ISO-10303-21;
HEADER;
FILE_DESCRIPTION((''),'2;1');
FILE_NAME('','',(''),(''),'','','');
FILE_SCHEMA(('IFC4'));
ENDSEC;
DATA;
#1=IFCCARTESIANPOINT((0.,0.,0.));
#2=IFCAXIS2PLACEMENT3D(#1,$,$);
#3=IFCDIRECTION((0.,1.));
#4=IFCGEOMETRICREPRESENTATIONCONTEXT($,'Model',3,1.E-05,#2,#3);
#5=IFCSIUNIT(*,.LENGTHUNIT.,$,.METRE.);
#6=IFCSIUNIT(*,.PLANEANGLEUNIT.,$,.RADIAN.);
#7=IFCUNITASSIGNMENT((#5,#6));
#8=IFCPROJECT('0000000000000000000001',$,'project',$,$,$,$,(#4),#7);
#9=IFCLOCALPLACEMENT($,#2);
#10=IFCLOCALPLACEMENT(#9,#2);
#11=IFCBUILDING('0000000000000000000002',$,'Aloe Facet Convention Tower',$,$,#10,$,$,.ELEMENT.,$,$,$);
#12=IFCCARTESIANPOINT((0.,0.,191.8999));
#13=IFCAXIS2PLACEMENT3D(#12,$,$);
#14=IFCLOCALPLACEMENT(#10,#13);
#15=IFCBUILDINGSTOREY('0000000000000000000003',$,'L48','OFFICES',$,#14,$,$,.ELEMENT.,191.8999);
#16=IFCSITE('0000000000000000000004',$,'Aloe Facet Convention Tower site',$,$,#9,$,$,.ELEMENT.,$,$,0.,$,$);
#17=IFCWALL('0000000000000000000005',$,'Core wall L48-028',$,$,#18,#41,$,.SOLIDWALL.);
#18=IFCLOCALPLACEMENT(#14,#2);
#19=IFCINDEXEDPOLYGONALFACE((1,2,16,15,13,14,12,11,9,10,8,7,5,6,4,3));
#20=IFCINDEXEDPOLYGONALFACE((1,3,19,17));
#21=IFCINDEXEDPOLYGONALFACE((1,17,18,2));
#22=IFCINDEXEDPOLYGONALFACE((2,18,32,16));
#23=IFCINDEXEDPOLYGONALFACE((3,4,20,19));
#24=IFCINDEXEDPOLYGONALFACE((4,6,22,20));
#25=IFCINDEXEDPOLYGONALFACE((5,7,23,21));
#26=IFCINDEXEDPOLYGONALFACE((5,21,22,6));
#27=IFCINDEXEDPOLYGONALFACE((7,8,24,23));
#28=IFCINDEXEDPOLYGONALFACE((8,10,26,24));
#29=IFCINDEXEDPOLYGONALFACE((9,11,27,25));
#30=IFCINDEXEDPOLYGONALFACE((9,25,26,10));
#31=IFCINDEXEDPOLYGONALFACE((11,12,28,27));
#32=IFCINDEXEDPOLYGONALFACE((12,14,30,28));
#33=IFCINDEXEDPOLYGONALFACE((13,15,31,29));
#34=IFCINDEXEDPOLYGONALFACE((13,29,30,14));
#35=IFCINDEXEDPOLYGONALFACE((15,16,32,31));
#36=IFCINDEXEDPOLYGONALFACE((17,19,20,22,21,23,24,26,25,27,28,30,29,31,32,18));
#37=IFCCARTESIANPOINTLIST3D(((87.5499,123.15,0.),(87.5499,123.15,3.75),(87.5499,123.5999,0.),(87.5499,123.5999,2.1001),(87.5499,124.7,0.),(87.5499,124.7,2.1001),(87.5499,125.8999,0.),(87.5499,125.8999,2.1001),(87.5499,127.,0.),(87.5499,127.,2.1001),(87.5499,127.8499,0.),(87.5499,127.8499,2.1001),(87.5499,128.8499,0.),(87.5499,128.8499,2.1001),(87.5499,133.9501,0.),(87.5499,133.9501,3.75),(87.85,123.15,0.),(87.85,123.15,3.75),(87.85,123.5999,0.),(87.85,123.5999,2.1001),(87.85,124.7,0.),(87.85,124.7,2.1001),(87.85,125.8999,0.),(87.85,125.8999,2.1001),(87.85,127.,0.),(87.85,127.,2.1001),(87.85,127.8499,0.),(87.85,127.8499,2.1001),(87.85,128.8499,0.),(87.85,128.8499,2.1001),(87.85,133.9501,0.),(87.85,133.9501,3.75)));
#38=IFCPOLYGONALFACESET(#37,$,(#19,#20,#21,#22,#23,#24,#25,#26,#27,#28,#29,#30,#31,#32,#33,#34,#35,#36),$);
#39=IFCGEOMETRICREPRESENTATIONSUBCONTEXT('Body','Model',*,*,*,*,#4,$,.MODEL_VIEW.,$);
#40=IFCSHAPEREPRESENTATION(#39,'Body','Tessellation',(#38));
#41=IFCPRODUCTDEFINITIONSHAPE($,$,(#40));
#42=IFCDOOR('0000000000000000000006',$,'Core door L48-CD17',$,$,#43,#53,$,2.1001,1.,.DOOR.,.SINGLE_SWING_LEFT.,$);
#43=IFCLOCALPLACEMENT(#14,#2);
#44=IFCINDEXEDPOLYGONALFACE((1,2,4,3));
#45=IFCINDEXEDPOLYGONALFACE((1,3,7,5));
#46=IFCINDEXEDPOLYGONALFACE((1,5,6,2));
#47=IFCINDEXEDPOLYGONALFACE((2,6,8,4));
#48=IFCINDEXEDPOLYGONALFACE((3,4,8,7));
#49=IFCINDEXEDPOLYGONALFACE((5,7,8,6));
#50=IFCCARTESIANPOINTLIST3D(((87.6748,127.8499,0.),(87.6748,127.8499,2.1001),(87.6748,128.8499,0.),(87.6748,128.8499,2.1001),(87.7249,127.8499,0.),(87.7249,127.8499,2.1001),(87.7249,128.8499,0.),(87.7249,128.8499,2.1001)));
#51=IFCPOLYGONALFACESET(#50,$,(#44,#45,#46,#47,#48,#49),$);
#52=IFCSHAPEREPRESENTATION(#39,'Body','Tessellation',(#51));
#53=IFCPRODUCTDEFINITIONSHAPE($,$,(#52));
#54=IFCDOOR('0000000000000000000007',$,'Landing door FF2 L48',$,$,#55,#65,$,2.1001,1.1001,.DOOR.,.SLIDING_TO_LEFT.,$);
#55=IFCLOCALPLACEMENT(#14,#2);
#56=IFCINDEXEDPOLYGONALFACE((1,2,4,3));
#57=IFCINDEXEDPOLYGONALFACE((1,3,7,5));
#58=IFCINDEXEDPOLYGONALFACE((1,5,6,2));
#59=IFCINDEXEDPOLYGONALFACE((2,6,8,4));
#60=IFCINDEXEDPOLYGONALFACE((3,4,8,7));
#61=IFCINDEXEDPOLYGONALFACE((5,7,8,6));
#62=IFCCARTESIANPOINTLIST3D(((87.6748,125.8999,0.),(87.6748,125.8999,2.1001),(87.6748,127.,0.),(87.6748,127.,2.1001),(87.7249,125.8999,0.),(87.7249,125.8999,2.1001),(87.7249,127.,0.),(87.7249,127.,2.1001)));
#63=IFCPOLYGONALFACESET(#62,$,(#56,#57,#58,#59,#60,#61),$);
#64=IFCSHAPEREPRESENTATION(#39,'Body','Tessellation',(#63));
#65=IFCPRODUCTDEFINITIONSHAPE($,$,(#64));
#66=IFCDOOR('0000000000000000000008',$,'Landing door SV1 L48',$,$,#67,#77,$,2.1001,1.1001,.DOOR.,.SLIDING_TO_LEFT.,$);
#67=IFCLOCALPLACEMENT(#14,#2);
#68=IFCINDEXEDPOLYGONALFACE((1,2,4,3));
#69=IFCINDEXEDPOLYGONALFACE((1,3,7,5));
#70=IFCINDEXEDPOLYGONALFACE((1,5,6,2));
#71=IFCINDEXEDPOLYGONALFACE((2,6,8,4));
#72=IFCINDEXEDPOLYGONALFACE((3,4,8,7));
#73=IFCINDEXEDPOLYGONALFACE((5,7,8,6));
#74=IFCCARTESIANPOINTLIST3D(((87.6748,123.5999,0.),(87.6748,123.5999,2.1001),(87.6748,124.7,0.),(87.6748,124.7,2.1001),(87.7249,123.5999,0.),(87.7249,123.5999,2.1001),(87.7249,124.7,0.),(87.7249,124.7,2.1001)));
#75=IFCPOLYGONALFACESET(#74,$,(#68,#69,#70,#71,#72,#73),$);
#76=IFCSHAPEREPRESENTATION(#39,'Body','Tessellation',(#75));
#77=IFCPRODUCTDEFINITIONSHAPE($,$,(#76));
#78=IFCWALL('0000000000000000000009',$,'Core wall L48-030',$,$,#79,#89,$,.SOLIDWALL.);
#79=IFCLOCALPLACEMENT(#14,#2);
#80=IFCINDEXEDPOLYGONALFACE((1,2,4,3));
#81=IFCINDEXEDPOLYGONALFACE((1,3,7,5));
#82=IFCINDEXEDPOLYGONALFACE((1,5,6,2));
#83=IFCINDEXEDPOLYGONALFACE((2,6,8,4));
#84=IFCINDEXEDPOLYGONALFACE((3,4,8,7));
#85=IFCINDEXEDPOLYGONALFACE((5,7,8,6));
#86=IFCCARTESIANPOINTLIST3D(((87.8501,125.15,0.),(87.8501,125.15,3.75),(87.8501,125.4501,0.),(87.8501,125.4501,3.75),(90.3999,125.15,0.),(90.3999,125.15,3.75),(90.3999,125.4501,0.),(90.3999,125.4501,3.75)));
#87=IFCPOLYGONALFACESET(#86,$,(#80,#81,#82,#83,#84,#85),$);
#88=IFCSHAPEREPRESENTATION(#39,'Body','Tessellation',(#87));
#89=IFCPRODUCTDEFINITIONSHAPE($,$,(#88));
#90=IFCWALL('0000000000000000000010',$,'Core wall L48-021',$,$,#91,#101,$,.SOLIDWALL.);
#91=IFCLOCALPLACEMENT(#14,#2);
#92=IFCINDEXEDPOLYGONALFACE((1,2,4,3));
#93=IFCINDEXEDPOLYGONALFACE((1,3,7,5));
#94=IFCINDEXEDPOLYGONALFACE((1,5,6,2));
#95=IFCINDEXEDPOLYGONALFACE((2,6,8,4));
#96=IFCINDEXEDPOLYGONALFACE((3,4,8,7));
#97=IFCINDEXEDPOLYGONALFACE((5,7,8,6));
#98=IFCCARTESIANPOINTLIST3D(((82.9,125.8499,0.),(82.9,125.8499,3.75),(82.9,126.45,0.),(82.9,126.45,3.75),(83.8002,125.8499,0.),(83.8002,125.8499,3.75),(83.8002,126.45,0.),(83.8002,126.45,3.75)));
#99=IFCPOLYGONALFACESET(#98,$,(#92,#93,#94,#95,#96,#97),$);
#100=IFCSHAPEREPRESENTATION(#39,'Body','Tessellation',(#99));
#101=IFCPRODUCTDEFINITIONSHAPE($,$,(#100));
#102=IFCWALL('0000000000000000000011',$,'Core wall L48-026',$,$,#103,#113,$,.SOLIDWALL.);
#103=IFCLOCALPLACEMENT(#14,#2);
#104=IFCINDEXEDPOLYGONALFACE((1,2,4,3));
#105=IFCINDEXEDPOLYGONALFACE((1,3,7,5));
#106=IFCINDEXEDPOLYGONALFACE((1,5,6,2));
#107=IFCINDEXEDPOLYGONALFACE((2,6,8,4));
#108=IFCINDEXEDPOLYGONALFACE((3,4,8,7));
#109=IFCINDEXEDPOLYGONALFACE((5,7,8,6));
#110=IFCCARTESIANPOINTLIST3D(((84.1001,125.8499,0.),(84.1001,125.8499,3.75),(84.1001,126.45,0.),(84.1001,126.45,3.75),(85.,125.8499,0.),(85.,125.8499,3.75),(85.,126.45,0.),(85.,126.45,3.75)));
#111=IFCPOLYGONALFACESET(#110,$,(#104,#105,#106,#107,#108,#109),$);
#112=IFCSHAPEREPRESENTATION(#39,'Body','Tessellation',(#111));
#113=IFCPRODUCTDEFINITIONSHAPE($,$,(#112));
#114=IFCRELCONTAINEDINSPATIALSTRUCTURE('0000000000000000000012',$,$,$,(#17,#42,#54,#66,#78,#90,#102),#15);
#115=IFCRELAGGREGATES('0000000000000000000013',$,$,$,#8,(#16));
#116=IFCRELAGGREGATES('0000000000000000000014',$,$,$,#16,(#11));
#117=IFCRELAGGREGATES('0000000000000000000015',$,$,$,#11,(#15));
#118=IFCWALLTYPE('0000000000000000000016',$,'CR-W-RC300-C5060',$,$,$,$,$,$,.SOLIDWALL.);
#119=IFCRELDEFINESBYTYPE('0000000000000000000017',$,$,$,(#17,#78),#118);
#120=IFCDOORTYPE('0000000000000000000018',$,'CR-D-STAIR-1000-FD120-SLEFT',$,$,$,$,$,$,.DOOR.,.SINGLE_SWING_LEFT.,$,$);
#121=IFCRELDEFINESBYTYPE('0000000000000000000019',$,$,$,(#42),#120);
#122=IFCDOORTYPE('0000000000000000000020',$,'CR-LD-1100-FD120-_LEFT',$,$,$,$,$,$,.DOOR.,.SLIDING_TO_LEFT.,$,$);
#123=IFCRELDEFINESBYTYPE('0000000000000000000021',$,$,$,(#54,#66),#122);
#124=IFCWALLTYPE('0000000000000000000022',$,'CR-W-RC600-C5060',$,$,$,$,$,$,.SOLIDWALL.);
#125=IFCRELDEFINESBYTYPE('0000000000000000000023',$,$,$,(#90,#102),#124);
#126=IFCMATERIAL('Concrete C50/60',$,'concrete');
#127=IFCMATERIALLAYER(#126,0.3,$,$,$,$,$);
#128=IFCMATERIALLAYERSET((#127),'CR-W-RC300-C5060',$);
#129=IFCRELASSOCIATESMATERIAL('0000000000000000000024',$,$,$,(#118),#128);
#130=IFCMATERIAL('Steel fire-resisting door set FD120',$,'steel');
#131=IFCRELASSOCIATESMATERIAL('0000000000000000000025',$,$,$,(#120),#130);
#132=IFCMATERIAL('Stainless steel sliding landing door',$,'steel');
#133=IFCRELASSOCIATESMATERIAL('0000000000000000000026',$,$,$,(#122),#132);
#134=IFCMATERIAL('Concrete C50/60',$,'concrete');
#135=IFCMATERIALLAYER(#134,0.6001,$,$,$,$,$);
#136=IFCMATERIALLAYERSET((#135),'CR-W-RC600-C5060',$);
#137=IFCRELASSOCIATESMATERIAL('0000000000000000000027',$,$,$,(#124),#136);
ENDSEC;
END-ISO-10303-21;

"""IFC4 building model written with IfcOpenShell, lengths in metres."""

from ifc_helpers import new_model, si_unit, direction, frame, frame_2d, origin, place, context, subcontext, project, spatial, rectangle, extrude, material, layer, layer_set, type_object, element, fill, save


model = new_model("IFC4")

# Units and contexts
model_context = context("Model", 3, precision=1e-05, world=origin(), true_north=direction((0.0, 1.0)))
body_context = subcontext(model_context, "Body", "Model", "MODEL_VIEW")
ifc_project = project(units=[si_unit("LENGTHUNIT", "METRE"), si_unit("PLANEANGLEUNIT", "RADIAN")], contexts=[model_context])

# Site, building, storey
site_placement = place(None, origin())
site = spatial("IfcSite", under=ifc_project, at=site_placement, Name="Aloe Facet Convention Tower site", CompositionType="ELEMENT", RefElevation=0.0)
building_placement = place(site_placement, origin())
building = spatial("IfcBuilding", under=site, at=building_placement, Name="Aloe Facet Convention Tower", CompositionType="ELEMENT")
storey_placement = place(building_placement, frame((0.0, 0.0, 191.8999)))
storey = spatial("IfcBuildingStorey", under=building, at=storey_placement, Name="L48", Description="OFFICES", CompositionType="ELEMENT", Elevation=191.8999)

# Shared definitions
ifc_material_1 = material(Name="Concrete C50/60", Category="concrete")
ifc_layer_1 = layer(ifc_material_1, 0.3)
ifc_layer_set_1 = layer_set([ifc_layer_1], Name="CR-W-RC300-C5060")
wall_type_1 = type_object("IfcWallType", Name="CR-W-RC300-C5060", PredefinedType="SOLIDWALL", material=ifc_layer_set_1)

# Wall, openings, doors
wall_1_placement = place(storey_placement, frame((87.7, 133.95, 0.0), z_axis=(0.0, 0.0, 1.0), x_axis=(0.0, -1.0, 0.0)))
wall_1 = element("IfcWall", 1, at=wall_1_placement, inside=storey, type_object=wall_type_1, Name="Core wall L48-028", PredefinedType="SOLIDWALL", context=body_context, shape_type="SweptSolid", body=[
    extrude(rectangle(XDim=10.8, YDim=0.3, at=frame_2d((5.3999, 0.0))), origin(), (0.0, 0.0, 1.0), 3.75),
])
opening_1_placement = place(wall_1_placement, frame((6.95, 0.0, 0.0)))
opening_1 = element("IfcOpeningElement", 2, at=opening_1_placement, cuts=wall_1, PredefinedType="OPENING", context=body_context, shape_type="SweptSolid", body=[
    extrude(rectangle(XDim=1.1001, YDim=2.1001, at=frame_2d((0.55, 1.05))), frame((0.0, 0.1602, 0.0), z_axis=(0.0, -1.0, 0.0), x_axis=(1.0, 0.0, 0.0)), (0.0, 0.0, 1.0), 0.3201),
])
opening_2_placement = place(wall_1_placement, frame((5.1001, 0.0, 0.0)))
opening_2 = element("IfcOpeningElement", 3, at=opening_2_placement, cuts=wall_1, PredefinedType="OPENING", context=body_context, shape_type="SweptSolid", body=[
    extrude(rectangle(XDim=1.0, YDim=2.1001, at=frame_2d((0.5, 1.05))), frame((0.0, 0.1602, 0.0), z_axis=(0.0, -1.0, 0.0), x_axis=(1.0, 0.0, 0.0)), (0.0, 0.0, 1.0), 0.3201),
])
opening_3_placement = place(wall_1_placement, frame((9.25, 0.0, 0.0)))
opening_3 = element("IfcOpeningElement", 4, at=opening_3_placement, cuts=wall_1, PredefinedType="OPENING", context=body_context, shape_type="SweptSolid", body=[
    extrude(rectangle(XDim=1.1001, YDim=2.1001, at=frame_2d((0.55, 1.05))), frame((0.0, 0.1602, 0.0), z_axis=(0.0, -1.0, 0.0), x_axis=(1.0, 0.0, 0.0)), (0.0, 0.0, 1.0), 0.3201),
])
ifc_material_2 = material(Name="Steel fire-resisting door set FD120", Category="steel")
door_type_1 = type_object("IfcDoorType", Name="CR-D-STAIR-1000-FD120-SLEFT", OperationType="SINGLE_SWING_LEFT", PredefinedType="DOOR", material=ifc_material_2)
door_1_placement = place(opening_2_placement, origin())
door_1 = element("IfcDoor", 5, at=door_1_placement, inside=storey, type_object=door_type_1, Name="Core door L48-CD17", OperationType="SINGLE_SWING_LEFT", OverallHeight=2.1001, OverallWidth=1.0, PredefinedType="DOOR", context=body_context, shape_type="SweptSolid", body=[
    extrude(rectangle(XDim=1.0, YDim=2.1001, at=frame_2d((0.5, 1.05))), frame((0.0, 0.0249, 0.0), z_axis=(0.0, -1.0, 0.0), x_axis=(1.0, 0.0, 0.0)), (0.0, 0.0, 1.0), 0.05),
])
fill(opening_2, door_1)
ifc_material_3 = material(Name="Stainless steel sliding landing door", Category="steel")
door_type_2 = type_object("IfcDoorType", Name="CR-LD-1100-FD120-_LEFT", OperationType="SLIDING_TO_LEFT", PredefinedType="DOOR", material=ifc_material_3)
door_2_placement = place(opening_1_placement, origin())
door_2 = element("IfcDoor", 6, at=door_2_placement, inside=storey, type_object=door_type_2, Name="Landing door FF2 L48", OperationType="SLIDING_TO_LEFT", OverallHeight=2.1001, OverallWidth=1.1001, PredefinedType="DOOR", context=body_context, shape_type="SweptSolid", body=[
    extrude(rectangle(XDim=1.1001, YDim=2.1001, at=frame_2d((0.55, 1.05))), frame((0.0, 0.0249, 0.0), z_axis=(0.0, -1.0, 0.0), x_axis=(1.0, 0.0, 0.0)), (0.0, 0.0, 1.0), 0.05),
])
fill(opening_1, door_2)
door_3_placement = place(opening_3_placement, origin())
door_3 = element("IfcDoor", 7, at=door_3_placement, inside=storey, type_object=door_type_2, Name="Landing door SV1 L48", OperationType="SLIDING_TO_LEFT", OverallHeight=2.1001, OverallWidth=1.1001, PredefinedType="DOOR", context=body_context, shape_type="SweptSolid", body=[
    extrude(rectangle(XDim=1.1001, YDim=2.1001, at=frame_2d((0.55, 1.05))), frame((0.0, 0.0249, 0.0), z_axis=(0.0, -1.0, 0.0), x_axis=(1.0, 0.0, 0.0)), (0.0, 0.0, 1.0), 0.05),
])
fill(opening_3, door_3)

# Walls
wall_2_placement = place(storey_placement, frame((87.8501, 125.3, 0.0), z_axis=(0.0, 0.0, 1.0), x_axis=(1.0, 0.0, 0.0)))
element("IfcWall", 8, at=wall_2_placement, inside=storey, type_object=wall_type_1, Name="Core wall L48-030", PredefinedType="SOLIDWALL", context=body_context, shape_type="SweptSolid", body=[
    extrude(rectangle(XDim=2.5498, YDim=0.3, at=frame_2d((1.2749, 0.0))), origin(), (0.0, 0.0, 1.0), 3.75),
])
ifc_material_4 = material(Name="Concrete C50/60", Category="concrete")
ifc_layer_2 = layer(ifc_material_4, 0.6001)
ifc_layer_set_2 = layer_set([ifc_layer_2], Name="CR-W-RC600-C5060")
wall_type_2 = type_object("IfcWallType", Name="CR-W-RC600-C5060", PredefinedType="SOLIDWALL", material=ifc_layer_set_2)
wall_3_placement = place(storey_placement, frame((82.8999, 126.1499, 0.0), z_axis=(0.0, 0.0, 1.0), x_axis=(1.0, 0.0, 0.0)))
element("IfcWall", 9, at=wall_3_placement, inside=storey, type_object=wall_type_2, Name="Core wall L48-021", PredefinedType="SOLIDWALL", context=body_context, shape_type="SweptSolid", body=[
    extrude(rectangle(XDim=0.9001, YDim=0.6001, at=frame_2d((0.4502, 0.0))), origin(), (0.0, 0.0, 1.0), 3.75),
])
wall_4_placement = place(storey_placement, frame((84.1001, 126.1499, 0.0), z_axis=(0.0, 0.0, 1.0), x_axis=(1.0, 0.0, 0.0)))
element("IfcWall", 10, at=wall_4_placement, inside=storey, type_object=wall_type_2, Name="Core wall L48-026", PredefinedType="SOLIDWALL", context=body_context, shape_type="SweptSolid", body=[
    extrude(rectangle(XDim=0.8999, YDim=0.6001, at=frame_2d((0.45, 0.0))), origin(), (0.0, 0.0, 1.0), 3.75),
])

save(model, "model.ifc")
